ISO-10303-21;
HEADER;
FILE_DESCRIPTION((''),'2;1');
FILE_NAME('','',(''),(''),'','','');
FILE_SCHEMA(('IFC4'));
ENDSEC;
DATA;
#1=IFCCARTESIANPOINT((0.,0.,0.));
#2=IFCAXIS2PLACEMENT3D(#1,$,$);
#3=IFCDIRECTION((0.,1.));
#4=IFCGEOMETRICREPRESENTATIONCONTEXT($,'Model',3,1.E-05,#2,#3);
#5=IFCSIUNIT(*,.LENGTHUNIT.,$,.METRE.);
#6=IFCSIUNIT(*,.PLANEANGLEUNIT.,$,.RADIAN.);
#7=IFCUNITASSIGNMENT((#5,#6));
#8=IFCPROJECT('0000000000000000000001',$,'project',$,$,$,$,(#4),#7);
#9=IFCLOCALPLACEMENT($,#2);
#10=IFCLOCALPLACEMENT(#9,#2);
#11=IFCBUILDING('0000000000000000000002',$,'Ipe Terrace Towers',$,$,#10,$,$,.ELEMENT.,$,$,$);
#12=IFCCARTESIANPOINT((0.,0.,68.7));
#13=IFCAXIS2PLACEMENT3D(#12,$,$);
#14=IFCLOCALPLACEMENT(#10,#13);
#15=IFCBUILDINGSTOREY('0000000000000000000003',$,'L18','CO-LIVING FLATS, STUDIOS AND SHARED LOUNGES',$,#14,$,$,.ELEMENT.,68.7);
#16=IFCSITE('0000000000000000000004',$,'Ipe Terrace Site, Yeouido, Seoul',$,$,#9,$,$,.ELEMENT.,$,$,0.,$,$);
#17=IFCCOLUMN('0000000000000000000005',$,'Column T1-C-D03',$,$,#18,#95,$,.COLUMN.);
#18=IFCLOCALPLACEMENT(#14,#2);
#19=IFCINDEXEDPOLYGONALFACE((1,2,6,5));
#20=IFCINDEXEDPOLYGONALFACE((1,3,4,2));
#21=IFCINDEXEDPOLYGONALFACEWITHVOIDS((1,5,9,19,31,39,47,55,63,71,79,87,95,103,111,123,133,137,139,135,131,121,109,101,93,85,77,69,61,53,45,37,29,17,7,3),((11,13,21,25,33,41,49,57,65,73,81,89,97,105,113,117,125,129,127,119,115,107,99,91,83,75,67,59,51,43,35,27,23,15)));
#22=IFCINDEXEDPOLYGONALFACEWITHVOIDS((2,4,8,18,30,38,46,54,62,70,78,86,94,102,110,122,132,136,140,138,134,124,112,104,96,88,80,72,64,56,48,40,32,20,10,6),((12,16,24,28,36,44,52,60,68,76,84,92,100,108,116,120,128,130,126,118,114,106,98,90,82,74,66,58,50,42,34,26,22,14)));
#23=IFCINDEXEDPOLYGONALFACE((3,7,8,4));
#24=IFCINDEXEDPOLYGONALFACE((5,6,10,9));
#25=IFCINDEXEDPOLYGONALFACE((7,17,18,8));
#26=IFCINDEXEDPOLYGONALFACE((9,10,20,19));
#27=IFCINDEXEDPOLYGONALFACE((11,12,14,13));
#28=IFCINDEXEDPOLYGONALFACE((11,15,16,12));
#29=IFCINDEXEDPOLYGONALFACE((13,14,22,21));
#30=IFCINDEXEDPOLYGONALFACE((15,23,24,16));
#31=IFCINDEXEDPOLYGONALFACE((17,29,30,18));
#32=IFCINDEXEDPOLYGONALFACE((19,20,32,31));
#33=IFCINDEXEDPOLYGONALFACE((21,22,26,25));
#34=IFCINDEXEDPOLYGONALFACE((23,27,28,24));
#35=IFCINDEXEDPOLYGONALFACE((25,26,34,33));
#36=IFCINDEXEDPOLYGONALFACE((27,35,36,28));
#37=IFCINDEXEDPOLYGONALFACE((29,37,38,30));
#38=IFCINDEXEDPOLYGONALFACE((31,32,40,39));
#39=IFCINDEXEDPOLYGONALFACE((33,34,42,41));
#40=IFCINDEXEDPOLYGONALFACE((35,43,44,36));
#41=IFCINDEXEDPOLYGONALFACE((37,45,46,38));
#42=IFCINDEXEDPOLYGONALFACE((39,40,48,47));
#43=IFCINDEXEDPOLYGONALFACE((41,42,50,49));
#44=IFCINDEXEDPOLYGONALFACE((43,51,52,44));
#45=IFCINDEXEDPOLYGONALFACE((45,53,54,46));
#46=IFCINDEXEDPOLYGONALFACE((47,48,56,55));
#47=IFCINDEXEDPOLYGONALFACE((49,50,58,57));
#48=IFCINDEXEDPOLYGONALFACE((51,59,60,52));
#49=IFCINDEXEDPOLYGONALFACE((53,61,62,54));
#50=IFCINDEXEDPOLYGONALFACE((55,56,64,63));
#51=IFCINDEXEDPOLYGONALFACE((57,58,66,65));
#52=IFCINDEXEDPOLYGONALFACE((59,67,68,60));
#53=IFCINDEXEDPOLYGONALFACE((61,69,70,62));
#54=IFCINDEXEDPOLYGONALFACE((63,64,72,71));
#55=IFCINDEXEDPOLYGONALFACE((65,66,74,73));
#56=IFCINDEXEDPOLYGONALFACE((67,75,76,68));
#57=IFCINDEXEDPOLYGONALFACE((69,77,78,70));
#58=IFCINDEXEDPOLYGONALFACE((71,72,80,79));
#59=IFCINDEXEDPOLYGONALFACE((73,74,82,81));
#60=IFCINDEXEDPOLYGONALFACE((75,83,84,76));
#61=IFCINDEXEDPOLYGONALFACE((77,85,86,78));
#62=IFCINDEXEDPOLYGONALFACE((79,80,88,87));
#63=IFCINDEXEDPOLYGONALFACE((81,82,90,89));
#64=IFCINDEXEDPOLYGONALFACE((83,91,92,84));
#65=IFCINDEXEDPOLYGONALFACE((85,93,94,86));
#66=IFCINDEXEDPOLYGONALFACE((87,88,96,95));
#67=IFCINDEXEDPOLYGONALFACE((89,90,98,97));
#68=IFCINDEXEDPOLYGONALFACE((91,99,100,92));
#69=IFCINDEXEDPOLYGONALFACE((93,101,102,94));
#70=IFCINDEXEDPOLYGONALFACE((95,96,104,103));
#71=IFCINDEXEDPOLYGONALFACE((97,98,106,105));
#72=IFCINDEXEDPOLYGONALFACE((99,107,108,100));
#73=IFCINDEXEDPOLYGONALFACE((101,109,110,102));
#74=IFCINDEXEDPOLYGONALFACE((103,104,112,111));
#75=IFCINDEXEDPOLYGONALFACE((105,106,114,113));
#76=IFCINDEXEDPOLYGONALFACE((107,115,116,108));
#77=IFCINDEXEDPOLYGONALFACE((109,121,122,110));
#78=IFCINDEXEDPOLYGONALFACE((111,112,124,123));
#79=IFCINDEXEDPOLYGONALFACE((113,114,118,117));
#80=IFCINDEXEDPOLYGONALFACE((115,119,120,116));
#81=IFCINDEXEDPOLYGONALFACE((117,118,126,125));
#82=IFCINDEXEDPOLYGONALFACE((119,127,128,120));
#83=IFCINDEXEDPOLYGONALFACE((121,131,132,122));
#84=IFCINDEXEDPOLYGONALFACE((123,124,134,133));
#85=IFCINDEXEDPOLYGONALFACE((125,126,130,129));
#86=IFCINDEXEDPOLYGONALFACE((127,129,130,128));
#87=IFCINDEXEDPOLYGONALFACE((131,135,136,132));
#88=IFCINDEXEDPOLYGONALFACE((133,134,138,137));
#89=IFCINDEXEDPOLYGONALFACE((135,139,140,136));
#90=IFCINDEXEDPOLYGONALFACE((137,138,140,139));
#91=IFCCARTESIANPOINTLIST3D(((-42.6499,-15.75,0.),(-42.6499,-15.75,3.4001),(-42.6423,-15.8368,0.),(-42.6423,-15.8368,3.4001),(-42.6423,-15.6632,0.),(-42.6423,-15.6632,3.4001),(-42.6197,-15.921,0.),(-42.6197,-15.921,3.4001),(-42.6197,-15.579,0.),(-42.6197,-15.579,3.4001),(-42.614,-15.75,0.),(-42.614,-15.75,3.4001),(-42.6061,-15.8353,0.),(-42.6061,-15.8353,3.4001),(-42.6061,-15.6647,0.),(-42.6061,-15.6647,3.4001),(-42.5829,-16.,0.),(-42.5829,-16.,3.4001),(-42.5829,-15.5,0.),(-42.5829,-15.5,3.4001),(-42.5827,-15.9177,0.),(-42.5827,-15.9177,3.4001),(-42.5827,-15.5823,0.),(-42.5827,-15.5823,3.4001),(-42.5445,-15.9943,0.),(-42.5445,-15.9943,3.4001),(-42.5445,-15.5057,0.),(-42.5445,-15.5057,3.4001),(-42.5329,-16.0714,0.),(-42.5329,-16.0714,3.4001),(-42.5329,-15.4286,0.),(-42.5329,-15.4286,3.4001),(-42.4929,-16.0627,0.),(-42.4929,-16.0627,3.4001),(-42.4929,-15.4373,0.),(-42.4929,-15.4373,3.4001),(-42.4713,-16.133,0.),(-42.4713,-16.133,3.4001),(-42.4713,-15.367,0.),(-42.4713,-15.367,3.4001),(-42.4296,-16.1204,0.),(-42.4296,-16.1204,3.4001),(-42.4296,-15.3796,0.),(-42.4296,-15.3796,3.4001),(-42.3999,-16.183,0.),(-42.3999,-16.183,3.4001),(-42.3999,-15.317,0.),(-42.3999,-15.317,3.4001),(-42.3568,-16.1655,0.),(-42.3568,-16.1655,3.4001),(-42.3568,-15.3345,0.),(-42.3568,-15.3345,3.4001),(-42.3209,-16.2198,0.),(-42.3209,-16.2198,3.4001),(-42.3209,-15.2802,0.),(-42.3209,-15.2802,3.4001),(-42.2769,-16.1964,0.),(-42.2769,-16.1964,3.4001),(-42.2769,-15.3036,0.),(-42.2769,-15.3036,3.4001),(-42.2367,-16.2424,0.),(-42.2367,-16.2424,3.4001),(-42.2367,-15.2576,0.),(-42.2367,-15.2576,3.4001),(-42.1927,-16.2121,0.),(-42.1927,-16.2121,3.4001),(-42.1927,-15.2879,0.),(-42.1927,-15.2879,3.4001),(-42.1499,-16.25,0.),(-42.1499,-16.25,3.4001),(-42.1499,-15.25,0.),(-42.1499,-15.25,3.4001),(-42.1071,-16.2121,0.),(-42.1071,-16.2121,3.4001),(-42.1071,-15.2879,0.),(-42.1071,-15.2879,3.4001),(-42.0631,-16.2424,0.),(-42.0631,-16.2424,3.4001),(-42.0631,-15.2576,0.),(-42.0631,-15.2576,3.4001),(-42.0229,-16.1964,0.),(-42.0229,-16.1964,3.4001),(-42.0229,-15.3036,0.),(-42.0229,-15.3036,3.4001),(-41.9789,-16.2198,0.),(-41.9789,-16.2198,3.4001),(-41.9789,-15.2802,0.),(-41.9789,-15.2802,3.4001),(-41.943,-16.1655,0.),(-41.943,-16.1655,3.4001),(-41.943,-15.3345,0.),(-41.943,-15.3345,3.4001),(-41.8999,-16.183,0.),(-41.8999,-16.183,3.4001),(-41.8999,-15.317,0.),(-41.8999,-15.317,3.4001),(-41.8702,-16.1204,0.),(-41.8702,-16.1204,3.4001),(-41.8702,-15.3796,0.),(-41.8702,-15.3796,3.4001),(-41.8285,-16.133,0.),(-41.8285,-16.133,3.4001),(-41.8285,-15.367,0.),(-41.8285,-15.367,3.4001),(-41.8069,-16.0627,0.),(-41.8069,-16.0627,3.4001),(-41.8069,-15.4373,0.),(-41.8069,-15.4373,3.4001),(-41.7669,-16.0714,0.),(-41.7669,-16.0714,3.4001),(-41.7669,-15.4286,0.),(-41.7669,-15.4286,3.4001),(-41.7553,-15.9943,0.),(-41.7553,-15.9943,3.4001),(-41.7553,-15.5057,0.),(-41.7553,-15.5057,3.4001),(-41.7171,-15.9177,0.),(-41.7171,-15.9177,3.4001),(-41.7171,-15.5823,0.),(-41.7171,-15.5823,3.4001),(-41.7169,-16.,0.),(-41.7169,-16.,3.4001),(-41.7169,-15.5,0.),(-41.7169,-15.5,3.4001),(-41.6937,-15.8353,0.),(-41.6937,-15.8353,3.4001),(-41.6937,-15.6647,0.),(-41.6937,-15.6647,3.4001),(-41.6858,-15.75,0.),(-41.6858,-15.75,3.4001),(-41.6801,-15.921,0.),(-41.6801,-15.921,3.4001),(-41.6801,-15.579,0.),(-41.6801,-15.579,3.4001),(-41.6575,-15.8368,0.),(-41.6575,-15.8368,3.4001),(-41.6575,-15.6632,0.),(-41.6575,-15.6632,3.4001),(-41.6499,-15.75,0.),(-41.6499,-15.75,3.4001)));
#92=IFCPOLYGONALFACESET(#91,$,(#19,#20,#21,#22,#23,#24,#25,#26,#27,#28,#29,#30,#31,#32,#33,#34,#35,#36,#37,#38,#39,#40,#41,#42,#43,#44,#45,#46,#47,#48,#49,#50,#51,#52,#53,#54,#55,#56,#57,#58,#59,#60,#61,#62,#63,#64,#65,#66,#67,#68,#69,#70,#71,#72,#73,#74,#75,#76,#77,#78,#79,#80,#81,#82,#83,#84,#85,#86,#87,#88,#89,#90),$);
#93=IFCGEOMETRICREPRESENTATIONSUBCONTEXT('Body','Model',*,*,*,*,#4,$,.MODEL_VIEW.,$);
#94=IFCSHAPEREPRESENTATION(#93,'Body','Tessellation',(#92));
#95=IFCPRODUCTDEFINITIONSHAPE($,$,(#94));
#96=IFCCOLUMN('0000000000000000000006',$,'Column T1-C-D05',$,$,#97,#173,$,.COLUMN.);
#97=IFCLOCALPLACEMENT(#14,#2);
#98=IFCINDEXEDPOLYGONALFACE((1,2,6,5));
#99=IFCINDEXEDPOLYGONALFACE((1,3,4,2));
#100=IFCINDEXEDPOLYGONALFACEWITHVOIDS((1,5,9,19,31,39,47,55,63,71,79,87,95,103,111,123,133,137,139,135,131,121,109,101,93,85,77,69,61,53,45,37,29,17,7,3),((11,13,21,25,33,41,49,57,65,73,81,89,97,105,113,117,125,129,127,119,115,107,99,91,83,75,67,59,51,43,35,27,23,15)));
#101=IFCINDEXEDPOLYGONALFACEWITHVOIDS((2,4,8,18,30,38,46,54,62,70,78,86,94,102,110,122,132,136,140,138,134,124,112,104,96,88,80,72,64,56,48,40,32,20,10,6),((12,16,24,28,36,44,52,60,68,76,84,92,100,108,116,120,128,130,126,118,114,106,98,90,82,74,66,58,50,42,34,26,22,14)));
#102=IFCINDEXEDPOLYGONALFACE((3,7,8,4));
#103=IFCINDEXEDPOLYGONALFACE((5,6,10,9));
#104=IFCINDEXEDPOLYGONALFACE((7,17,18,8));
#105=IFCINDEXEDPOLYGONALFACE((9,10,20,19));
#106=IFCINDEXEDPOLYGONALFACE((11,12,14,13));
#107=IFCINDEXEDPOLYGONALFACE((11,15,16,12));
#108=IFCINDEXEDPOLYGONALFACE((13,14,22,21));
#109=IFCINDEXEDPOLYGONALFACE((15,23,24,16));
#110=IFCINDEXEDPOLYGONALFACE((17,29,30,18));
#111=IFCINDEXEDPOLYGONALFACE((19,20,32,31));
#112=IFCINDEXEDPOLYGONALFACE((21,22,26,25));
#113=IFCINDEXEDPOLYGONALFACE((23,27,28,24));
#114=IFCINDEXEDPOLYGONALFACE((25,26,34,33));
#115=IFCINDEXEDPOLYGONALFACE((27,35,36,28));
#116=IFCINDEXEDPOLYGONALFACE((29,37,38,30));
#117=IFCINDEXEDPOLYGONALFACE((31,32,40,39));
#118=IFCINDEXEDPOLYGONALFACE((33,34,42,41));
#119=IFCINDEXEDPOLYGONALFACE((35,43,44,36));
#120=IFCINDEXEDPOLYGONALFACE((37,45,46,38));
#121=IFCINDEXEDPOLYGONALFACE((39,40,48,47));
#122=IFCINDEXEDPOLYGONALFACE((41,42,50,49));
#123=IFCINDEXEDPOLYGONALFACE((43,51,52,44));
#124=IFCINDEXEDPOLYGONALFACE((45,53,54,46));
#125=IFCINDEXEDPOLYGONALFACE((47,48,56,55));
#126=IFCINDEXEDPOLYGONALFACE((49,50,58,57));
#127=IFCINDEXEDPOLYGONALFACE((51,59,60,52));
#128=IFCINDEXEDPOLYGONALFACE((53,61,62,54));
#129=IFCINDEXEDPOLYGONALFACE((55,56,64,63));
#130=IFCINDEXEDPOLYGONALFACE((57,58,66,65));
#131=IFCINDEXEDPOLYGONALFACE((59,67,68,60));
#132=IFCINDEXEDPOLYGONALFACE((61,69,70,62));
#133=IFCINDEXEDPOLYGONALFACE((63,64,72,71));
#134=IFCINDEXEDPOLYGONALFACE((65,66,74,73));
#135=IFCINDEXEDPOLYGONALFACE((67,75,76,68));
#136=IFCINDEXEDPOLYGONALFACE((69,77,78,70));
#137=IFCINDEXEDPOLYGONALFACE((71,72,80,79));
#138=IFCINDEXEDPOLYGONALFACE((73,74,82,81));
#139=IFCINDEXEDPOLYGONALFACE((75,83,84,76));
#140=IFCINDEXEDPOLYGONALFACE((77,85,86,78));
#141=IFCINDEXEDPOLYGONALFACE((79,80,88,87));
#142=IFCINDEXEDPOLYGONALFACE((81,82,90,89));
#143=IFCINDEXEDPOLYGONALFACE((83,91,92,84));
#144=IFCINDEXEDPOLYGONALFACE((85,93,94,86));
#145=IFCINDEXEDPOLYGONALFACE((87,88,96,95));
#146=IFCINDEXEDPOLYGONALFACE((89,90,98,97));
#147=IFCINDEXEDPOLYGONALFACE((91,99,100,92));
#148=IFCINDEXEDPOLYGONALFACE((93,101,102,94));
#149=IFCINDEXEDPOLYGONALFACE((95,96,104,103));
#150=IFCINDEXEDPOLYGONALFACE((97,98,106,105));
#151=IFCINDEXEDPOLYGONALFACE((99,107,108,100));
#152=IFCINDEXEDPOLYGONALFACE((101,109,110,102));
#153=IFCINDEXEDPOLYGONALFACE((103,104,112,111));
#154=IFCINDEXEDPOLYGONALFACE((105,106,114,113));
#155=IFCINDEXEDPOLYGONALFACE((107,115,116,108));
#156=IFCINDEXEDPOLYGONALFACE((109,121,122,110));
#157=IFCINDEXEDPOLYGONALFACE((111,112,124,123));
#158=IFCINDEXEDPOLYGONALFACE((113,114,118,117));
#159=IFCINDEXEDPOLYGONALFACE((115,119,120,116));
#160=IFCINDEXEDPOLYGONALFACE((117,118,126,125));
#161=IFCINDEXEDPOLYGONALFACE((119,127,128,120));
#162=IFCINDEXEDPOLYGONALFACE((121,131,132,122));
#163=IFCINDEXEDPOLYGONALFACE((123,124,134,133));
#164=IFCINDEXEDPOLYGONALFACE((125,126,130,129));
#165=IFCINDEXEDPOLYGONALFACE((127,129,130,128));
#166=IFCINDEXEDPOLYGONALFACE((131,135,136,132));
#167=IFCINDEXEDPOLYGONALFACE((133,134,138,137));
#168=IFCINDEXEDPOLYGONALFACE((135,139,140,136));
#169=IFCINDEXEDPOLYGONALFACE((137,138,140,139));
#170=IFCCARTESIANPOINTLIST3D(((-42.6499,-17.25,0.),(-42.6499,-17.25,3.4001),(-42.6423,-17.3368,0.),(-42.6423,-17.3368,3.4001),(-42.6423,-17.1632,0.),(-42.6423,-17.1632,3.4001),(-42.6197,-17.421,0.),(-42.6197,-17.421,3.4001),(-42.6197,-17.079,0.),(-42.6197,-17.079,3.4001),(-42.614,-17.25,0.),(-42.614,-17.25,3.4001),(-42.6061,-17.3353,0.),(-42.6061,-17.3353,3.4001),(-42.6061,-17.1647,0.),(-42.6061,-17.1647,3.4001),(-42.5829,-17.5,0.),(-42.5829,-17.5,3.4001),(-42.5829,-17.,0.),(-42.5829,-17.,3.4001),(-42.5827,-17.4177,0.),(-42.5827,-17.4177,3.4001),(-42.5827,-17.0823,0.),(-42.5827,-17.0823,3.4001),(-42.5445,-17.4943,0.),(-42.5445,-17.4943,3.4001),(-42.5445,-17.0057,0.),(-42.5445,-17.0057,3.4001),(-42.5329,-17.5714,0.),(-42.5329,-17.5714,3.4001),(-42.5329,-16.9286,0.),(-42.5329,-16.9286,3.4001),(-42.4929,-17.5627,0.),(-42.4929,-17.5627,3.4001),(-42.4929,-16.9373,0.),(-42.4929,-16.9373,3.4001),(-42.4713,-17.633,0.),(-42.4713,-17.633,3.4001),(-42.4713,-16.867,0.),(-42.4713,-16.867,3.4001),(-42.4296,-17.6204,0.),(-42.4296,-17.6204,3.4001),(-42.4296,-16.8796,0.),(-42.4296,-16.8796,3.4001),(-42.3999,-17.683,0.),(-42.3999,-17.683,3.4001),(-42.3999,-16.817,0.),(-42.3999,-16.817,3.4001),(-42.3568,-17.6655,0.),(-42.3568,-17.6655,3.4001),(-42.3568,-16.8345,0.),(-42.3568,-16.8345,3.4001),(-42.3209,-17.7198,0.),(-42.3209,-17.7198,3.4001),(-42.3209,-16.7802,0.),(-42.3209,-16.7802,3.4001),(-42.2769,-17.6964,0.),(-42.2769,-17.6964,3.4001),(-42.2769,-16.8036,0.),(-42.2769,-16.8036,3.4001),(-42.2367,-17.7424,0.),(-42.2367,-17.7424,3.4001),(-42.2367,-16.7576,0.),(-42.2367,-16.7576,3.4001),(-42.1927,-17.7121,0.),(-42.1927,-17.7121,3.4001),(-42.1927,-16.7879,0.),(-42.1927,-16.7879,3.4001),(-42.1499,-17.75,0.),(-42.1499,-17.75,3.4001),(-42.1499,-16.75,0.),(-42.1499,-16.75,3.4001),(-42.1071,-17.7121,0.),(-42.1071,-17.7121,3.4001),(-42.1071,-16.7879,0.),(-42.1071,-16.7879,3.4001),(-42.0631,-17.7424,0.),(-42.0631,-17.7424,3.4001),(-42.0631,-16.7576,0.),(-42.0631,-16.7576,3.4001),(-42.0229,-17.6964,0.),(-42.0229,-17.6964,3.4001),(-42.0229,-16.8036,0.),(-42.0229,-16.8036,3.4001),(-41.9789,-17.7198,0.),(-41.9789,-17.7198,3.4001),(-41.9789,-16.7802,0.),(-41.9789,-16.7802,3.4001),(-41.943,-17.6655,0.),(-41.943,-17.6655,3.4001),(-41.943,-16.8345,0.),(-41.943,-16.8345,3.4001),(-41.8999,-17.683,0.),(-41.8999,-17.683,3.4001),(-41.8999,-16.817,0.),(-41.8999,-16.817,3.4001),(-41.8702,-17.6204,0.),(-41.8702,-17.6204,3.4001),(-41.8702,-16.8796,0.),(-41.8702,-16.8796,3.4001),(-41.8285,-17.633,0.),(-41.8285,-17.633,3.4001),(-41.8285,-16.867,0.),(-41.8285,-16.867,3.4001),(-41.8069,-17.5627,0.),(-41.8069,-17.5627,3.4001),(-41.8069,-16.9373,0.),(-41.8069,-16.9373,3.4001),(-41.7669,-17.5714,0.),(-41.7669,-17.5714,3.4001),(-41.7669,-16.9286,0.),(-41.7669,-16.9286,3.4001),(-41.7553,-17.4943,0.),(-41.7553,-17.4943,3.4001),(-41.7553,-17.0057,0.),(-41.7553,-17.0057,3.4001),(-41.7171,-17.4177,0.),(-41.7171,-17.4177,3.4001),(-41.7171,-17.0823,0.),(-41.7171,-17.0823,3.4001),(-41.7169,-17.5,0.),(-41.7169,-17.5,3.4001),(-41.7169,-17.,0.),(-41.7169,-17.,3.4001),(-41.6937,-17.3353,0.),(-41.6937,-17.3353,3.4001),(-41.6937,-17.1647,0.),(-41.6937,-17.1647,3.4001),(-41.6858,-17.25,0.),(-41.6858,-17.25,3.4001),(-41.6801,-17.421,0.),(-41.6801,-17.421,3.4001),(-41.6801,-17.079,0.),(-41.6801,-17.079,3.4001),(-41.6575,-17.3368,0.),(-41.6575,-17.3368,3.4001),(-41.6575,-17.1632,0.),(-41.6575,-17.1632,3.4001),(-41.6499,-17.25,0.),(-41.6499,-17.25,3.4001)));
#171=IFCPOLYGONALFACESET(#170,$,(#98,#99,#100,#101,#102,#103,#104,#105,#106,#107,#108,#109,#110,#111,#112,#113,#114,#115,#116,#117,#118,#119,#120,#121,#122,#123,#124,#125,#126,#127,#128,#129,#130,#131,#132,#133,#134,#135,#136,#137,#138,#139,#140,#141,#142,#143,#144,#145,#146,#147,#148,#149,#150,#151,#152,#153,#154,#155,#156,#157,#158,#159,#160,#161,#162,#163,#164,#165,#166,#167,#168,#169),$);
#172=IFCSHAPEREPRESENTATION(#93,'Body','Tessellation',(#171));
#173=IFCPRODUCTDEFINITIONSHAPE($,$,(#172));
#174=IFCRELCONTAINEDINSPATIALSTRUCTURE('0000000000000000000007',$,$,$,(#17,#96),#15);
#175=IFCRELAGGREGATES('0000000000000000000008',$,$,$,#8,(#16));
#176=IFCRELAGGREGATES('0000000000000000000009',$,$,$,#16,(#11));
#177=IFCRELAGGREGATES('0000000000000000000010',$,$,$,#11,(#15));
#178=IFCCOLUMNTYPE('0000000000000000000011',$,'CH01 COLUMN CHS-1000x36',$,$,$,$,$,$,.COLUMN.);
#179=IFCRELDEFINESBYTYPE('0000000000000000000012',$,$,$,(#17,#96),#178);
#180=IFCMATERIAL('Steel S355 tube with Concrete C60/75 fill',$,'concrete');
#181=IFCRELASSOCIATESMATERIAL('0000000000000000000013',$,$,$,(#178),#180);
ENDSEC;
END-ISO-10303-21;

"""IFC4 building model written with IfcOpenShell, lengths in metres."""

from ifc_helpers import new_model, si_unit, direction, frame, origin, origin_2d, place, context, subcontext, project, spatial, hollow_circle, extrude, material, material_profile, profile_set, type_object, element, save


model = new_model("IFC4")

# Units and contexts
model_context = context("Model", 3, precision=1e-05, world=origin(), true_north=direction((0.0, 1.0)))
body_context = subcontext(model_context, "Body", "Model", "MODEL_VIEW")
ifc_project = project(units=[si_unit("LENGTHUNIT", "METRE"), si_unit("PLANEANGLEUNIT", "RADIAN")], contexts=[model_context])

# Site, building, storey
site_placement = place(None, origin())
site = spatial("IfcSite", under=ifc_project, at=site_placement, Name="Ipe Terrace Site, Yeouido, Seoul", CompositionType="ELEMENT", RefElevation=0.0)
building_placement = place(site_placement, origin())
building = spatial("IfcBuilding", under=site, at=building_placement, Name="Ipe Terrace Towers", CompositionType="ELEMENT")
storey_placement = place(building_placement, frame((0.0, 0.0, 68.7)))
storey = spatial("IfcBuildingStorey", under=building, at=storey_placement, Name="L18", Description="CO-LIVING FLATS, STUDIOS AND SHARED LOUNGES", CompositionType="ELEMENT", Elevation=68.7)

# Columns
ifc_material_1 = material(Name="Steel S355 tube with Concrete C60/75 fill", Category="concrete")
ifc_material_profile_1 = material_profile(ifc_material_1, hollow_circle(Radius=0.5, WallThickness=0.0359, at=origin_2d()), Name="CHS-1000x36")
ifc_profile_set_1 = profile_set([ifc_material_profile_1], Name="Steel S355 tube with Concrete C60/75 fill")
column_type_1 = type_object("IfcColumnType", Name="CH01 COLUMN CHS-1000x36", PredefinedType="COLUMN", material=ifc_profile_set_1)
for number, where, z_axis, x_axis, name in (
    (1, (-42.1499, -15.75, 0.0), (0.0, 0.0, 1.0), (1.0, 0.0, 0.0), "Column T1-C-D03"),
    (2, (-42.1499, -17.25, 0.0), (0.0, 0.0, 1.0), (1.0, 0.0, 0.0), "Column T1-C-D05"),
):
    element("IfcColumn", number, at=place(storey_placement, frame(where, z_axis=z_axis, x_axis=x_axis)), inside=storey, type_object=column_type_1, Name=name, PredefinedType="COLUMN", context=body_context, shape_type="SweptSolid", body=[
        extrude(hollow_circle(Radius=0.5, WallThickness=0.0359, at=origin_2d()), origin(), (0.0, 0.0, 1.0), 3.4001),
    ])

save(model, "model.ifc")
